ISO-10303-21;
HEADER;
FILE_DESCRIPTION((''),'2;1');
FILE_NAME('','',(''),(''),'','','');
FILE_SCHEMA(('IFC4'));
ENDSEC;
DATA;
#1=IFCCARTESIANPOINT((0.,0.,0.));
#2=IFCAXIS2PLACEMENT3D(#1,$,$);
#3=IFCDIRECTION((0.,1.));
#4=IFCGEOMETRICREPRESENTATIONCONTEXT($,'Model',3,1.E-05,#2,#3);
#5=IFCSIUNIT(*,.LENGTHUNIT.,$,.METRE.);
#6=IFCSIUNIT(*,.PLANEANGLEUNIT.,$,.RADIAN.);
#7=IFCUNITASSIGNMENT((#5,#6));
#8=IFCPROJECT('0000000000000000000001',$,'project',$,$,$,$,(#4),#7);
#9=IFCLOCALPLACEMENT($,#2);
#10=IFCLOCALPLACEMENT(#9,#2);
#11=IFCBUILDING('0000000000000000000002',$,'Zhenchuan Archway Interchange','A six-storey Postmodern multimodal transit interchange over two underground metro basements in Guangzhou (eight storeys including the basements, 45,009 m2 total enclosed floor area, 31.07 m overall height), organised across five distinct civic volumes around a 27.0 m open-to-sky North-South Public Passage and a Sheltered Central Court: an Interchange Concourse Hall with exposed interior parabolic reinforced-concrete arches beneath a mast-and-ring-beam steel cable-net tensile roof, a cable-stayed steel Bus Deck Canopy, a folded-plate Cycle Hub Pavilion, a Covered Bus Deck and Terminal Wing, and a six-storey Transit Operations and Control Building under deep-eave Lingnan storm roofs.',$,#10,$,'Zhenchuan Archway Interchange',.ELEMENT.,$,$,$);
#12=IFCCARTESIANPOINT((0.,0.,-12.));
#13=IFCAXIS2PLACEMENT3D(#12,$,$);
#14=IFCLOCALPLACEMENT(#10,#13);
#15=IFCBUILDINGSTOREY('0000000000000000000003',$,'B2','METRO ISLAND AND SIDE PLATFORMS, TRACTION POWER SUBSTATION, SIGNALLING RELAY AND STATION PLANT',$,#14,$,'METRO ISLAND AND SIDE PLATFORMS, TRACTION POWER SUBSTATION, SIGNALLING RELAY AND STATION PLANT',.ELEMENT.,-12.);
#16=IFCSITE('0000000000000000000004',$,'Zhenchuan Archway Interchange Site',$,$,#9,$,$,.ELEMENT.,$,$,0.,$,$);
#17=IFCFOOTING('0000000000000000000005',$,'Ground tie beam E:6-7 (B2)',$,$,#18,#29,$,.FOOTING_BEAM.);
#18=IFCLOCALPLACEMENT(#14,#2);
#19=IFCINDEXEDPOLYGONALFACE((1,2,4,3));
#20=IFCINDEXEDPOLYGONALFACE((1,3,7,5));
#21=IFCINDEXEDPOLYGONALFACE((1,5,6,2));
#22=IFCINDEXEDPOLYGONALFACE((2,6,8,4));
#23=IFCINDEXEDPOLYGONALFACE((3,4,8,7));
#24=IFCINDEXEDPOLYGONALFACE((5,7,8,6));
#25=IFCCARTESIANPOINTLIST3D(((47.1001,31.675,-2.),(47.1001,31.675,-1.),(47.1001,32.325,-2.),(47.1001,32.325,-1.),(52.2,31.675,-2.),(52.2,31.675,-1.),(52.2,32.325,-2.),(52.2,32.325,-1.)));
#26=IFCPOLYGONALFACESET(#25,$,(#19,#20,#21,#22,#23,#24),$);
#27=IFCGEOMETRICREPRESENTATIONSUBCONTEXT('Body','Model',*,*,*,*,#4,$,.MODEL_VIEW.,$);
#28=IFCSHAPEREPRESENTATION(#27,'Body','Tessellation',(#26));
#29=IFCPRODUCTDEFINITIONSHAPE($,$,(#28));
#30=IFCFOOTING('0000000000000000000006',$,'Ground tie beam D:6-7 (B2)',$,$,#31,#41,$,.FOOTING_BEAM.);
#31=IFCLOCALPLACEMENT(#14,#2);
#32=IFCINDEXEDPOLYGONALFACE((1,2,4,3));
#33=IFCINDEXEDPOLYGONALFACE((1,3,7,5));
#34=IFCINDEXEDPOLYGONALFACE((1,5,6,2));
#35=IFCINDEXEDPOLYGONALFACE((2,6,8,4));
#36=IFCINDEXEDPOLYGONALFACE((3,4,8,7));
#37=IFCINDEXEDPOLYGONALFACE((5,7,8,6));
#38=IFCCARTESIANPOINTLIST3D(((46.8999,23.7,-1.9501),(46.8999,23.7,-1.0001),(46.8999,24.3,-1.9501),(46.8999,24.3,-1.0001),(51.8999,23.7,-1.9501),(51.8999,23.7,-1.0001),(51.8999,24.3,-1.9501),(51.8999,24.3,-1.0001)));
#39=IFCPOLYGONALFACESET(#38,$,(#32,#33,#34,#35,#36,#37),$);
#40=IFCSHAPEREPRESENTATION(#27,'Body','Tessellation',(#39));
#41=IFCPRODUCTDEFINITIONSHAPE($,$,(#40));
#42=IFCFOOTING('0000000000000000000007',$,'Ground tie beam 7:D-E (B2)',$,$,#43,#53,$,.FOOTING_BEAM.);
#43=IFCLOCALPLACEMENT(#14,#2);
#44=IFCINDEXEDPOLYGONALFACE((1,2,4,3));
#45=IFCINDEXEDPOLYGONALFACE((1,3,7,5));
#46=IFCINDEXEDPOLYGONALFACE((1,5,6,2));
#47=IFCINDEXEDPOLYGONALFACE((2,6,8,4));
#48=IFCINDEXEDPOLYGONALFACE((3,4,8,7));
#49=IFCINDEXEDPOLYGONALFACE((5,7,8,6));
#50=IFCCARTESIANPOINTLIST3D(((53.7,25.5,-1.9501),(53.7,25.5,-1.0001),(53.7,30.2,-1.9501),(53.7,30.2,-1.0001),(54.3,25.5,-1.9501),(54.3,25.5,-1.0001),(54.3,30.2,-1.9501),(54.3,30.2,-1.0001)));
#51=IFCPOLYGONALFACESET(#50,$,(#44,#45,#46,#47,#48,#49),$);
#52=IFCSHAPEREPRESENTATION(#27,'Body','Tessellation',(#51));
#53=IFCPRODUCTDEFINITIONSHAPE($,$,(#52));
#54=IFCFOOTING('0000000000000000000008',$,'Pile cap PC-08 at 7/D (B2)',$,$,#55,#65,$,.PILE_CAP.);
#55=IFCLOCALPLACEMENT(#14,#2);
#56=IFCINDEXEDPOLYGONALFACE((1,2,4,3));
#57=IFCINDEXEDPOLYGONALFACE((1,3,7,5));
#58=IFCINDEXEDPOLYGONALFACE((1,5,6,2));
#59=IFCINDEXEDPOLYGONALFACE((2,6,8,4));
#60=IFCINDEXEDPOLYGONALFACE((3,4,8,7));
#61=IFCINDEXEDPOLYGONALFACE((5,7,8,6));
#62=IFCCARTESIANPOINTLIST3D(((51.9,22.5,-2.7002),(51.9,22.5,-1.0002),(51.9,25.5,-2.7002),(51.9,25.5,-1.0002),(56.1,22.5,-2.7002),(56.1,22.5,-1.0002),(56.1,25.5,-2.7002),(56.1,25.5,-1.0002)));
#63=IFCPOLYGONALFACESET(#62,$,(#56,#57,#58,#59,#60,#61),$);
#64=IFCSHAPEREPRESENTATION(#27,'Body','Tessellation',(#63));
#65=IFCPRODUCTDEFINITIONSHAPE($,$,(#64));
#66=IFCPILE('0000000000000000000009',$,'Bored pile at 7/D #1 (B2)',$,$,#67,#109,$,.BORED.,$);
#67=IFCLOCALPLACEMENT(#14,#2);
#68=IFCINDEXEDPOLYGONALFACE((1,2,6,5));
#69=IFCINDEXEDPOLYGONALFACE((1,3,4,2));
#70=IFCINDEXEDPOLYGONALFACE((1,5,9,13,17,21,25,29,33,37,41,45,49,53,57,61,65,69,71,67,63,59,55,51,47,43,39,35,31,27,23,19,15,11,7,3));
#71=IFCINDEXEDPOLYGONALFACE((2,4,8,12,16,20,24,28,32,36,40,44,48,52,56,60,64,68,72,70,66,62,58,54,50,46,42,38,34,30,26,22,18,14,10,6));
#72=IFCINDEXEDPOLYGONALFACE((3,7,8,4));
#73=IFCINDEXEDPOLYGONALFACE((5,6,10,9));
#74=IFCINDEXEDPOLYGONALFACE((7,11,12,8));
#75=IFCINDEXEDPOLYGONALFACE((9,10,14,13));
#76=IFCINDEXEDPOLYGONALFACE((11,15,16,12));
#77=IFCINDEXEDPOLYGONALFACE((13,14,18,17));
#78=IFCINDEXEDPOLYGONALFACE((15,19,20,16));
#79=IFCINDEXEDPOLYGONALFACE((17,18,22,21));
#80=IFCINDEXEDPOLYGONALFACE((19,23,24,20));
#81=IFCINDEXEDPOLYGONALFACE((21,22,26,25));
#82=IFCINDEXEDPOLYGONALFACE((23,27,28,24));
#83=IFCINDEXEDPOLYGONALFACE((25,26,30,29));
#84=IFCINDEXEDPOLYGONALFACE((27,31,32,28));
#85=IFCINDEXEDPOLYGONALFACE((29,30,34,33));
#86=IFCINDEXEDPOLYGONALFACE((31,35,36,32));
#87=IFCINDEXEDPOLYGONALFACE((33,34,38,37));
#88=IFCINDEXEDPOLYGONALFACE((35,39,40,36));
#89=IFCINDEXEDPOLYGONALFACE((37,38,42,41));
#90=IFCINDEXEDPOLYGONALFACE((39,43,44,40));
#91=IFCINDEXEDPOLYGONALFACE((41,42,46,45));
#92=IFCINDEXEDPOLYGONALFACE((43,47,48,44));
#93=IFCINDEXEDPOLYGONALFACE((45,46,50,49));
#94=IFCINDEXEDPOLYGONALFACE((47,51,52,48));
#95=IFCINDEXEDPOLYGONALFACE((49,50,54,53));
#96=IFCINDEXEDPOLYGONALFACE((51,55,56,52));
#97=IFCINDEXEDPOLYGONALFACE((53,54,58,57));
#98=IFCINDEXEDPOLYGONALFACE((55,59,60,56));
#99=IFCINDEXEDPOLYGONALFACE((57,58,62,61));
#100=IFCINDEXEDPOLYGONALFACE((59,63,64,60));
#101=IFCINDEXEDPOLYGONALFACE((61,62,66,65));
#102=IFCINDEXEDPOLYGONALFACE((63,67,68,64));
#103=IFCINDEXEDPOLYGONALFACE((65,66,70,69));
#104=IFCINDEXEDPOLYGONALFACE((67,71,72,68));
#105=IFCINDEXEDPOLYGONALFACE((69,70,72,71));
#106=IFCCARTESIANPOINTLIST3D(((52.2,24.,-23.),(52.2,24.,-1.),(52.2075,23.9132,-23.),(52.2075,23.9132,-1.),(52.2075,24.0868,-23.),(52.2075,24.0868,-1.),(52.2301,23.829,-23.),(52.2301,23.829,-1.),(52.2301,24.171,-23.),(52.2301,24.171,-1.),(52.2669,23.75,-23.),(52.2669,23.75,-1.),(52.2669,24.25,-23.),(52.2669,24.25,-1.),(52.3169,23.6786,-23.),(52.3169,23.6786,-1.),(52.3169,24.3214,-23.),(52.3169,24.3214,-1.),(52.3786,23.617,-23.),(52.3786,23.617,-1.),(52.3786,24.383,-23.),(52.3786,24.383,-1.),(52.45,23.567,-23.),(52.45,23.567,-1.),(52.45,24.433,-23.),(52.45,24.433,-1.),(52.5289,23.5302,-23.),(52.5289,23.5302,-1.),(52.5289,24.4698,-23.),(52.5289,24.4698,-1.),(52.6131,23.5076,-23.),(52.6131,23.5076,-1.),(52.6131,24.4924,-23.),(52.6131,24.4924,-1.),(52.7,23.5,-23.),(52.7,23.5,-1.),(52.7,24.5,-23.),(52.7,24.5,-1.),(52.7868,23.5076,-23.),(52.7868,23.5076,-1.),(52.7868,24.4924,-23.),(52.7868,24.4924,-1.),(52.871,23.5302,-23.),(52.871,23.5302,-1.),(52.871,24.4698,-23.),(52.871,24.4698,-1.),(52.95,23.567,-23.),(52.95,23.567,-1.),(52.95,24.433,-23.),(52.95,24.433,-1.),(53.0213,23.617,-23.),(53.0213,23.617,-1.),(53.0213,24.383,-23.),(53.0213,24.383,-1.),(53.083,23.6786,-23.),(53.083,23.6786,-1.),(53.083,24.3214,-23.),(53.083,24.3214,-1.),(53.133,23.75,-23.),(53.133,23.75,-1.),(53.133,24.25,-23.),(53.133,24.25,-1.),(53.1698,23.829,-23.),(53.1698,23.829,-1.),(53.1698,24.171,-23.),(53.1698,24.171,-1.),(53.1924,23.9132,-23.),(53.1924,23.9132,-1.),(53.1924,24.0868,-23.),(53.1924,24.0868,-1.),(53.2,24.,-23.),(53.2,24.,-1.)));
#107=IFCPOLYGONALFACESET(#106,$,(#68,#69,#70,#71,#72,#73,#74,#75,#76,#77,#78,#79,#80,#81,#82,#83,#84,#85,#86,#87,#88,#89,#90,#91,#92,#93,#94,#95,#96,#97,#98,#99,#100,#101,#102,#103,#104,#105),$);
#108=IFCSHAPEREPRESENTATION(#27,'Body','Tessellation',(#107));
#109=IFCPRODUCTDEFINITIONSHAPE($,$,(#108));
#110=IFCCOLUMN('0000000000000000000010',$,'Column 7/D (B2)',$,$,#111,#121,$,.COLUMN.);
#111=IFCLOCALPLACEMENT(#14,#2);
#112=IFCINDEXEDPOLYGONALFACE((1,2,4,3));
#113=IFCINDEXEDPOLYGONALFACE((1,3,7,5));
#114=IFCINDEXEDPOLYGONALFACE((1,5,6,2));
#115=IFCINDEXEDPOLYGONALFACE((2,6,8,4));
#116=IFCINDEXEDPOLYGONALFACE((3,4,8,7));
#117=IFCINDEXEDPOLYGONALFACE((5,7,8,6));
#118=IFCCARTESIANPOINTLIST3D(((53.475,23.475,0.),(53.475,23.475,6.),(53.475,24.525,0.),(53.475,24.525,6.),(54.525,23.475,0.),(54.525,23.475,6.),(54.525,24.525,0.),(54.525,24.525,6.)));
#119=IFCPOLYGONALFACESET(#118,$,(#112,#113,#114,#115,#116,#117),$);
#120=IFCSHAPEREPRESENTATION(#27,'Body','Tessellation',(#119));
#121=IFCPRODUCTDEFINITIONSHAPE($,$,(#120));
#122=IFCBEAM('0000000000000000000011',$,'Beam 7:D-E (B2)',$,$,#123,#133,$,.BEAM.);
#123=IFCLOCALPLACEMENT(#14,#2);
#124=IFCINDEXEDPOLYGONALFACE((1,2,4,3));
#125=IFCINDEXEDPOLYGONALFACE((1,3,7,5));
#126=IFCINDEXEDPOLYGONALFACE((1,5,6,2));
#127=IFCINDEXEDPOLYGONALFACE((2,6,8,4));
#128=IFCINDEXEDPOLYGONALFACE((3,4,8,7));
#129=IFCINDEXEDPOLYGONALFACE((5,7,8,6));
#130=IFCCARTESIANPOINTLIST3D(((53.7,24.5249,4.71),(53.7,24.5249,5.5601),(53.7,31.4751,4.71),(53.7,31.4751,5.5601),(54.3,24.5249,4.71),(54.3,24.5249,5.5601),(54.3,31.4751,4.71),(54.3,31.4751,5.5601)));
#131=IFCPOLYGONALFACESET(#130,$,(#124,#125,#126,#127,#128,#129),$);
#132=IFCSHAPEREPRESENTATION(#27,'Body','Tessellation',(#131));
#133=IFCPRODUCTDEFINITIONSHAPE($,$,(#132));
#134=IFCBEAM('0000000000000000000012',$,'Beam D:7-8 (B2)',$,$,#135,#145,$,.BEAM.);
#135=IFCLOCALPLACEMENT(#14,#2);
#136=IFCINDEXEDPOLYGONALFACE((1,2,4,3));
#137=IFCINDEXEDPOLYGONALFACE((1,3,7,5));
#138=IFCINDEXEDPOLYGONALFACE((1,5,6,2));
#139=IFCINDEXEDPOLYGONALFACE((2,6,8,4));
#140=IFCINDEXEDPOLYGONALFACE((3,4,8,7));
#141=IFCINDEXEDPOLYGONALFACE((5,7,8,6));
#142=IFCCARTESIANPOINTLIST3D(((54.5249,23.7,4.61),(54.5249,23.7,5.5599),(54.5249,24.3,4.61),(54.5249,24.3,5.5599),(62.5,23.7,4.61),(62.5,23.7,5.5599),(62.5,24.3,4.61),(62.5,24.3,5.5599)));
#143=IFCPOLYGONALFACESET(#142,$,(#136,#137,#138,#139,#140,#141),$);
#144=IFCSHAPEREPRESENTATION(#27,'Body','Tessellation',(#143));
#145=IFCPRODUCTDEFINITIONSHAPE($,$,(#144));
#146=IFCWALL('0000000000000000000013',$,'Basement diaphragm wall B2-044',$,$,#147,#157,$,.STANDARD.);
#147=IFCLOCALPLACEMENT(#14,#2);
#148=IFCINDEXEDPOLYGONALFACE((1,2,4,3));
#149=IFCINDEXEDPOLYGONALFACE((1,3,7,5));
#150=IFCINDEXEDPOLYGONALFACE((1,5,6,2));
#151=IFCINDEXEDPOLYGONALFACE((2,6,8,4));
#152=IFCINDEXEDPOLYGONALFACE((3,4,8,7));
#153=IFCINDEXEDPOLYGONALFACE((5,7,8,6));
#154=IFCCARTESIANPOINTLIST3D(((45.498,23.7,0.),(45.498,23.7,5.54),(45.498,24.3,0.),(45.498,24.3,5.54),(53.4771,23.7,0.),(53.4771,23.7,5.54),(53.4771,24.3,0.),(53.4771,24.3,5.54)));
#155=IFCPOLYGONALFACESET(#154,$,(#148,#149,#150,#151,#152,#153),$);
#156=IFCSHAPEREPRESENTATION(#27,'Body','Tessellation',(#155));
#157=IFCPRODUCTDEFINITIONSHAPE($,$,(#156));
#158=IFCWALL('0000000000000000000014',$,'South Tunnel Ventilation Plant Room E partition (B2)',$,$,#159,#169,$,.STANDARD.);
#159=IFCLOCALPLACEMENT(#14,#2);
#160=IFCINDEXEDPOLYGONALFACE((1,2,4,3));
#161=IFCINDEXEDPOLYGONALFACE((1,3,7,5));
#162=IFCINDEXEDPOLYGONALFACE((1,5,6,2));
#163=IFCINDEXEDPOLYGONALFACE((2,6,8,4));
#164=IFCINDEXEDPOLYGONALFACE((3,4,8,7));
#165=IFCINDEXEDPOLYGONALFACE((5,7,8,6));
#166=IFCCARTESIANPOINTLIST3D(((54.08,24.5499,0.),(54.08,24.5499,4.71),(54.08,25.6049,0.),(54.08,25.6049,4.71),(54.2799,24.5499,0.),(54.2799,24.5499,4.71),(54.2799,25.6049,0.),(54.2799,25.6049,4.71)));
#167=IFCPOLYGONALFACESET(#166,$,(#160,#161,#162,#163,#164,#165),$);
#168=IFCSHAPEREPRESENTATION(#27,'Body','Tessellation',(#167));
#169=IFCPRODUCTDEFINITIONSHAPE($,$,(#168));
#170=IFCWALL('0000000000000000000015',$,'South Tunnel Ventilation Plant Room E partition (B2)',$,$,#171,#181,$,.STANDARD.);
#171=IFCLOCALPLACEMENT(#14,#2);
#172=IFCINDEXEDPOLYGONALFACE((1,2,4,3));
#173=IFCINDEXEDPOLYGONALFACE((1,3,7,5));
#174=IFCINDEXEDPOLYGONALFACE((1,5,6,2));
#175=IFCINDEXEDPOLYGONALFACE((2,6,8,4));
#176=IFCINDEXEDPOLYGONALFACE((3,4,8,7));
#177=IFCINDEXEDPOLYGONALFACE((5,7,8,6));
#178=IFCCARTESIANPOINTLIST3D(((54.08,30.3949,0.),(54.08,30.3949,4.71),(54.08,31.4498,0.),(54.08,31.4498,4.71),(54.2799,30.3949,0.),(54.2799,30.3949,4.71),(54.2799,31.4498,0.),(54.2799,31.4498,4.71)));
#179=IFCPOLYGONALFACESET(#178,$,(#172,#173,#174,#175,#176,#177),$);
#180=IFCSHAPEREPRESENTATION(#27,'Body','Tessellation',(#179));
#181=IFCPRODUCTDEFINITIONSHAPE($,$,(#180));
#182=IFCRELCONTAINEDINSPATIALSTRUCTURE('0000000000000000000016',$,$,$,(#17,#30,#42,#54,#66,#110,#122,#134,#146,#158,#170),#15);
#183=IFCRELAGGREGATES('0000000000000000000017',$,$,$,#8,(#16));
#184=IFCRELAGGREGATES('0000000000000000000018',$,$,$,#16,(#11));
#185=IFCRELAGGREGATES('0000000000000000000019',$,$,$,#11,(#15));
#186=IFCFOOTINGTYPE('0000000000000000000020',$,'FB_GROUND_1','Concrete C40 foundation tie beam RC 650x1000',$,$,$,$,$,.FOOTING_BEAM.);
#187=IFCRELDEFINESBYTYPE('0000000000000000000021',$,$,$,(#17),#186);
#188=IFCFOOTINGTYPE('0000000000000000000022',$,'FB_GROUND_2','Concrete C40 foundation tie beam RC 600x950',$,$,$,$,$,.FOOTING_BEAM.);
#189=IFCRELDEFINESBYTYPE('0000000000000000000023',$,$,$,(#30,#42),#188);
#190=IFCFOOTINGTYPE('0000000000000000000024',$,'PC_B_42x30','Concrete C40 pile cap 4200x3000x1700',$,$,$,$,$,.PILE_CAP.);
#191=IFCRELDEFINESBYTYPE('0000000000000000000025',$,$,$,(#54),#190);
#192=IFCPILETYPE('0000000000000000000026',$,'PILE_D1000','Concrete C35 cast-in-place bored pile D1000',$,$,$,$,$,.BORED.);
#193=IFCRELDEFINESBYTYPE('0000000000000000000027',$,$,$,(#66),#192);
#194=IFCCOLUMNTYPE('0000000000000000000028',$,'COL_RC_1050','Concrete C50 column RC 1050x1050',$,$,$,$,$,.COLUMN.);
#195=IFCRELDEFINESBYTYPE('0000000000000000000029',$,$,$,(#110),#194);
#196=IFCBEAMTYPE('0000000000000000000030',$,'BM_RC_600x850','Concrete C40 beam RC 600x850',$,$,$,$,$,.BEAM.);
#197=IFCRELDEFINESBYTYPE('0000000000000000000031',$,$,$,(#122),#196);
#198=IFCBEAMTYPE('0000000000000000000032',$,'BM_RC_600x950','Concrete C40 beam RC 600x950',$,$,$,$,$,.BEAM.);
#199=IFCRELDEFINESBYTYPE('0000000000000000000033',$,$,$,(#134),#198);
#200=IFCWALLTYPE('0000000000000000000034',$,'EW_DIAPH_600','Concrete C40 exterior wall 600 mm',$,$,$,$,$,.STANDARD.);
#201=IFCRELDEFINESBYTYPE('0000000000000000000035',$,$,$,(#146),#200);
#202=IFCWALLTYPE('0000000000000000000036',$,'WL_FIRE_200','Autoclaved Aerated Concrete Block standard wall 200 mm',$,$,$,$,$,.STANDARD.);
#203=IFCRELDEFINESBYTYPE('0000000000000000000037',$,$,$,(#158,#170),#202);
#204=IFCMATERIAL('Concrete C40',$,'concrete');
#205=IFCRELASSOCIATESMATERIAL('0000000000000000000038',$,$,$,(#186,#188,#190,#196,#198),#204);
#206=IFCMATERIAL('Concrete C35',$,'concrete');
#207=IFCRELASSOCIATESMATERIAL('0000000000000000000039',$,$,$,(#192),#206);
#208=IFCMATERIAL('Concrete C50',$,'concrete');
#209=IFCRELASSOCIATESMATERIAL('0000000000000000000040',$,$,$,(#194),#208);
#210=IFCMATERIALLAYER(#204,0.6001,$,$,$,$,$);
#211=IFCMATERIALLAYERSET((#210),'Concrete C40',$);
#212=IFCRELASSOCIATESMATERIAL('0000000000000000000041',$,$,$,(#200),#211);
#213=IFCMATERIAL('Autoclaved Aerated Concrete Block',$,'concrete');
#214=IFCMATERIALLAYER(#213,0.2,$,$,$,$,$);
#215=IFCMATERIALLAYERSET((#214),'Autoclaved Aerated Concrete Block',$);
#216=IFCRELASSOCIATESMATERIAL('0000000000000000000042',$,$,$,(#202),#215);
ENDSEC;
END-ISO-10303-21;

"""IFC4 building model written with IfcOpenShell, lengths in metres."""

from ifc_helpers import new_model, si_unit, direction, frame, frame_2d, origin, origin_2d, place, context, subcontext, project, spatial, rectangle, circle, extrude, material, layer, layer_set, material_profile, profile_set, type_object, element, save


model = new_model("IFC4")

# Units and contexts
model_context = context("Model", 3, precision=1e-05, world=origin(), true_north=direction((0.0, 1.0)))
body_context = subcontext(model_context, "Body", "Model", "MODEL_VIEW")
ifc_project = project(units=[si_unit("LENGTHUNIT", "METRE"), si_unit("PLANEANGLEUNIT", "RADIAN")], contexts=[model_context])

# Site, building, storey
site_placement = place(None, origin())
site = spatial("IfcSite", under=ifc_project, at=site_placement, Name="Zhenchuan Archway Interchange Site", CompositionType="ELEMENT", RefElevation=0.0)
building_placement = place(site_placement, origin())
building = spatial("IfcBuilding", under=site, at=building_placement, Name="Zhenchuan Archway Interchange", Description="A six-storey Postmodern multimodal transit interchange over two underground metro basements in Guangzhou (eight storeys including the basements, 45,009 m2 total enclosed floor area, 31.07 m overall height), organised across five distinct civic volumes around a 27.0 m open-to-sky North-South Public Passage and a Sheltered Central Court: an Interchange Concourse Hall with exposed interior parabolic reinforced-concrete arches beneath a mast-and-ring-beam steel cable-net tensile roof, a cable-stayed steel Bus Deck Canopy, a folded-plate Cycle Hub Pavilion, a Covered Bus Deck and Terminal Wing, and a six-storey Transit Operations and Control Building under deep-eave Lingnan storm roofs.", LongName="Zhenchuan Archway Interchange", CompositionType="ELEMENT")
storey_placement = place(building_placement, frame((0.0, 0.0, -12.0)))
storey = spatial("IfcBuildingStorey", under=building, at=storey_placement, Name="B2", Description="METRO ISLAND AND SIDE PLATFORMS, TRACTION POWER SUBSTATION, SIGNALLING RELAY AND STATION PLANT", LongName="METRO ISLAND AND SIDE PLATFORMS, TRACTION POWER SUBSTATION, SIGNALLING RELAY AND STATION PLANT", CompositionType="ELEMENT", Elevation=-12.0)

# Footings
ifc_material_1 = material(Name="Concrete C40", Category="concrete")
ifc_material_profile_1 = material_profile(ifc_material_1, rectangle(XDim=0.6499, YDim=1.0, at=origin_2d()), Name="RC 650x1000")
ifc_profile_set_1 = profile_set([ifc_material_profile_1], Name="Concrete C40")
footing_type_1 = type_object("IfcFootingType", Name="FB_GROUND_1", Description="Concrete C40 foundation tie beam RC 650x1000", PredefinedType="FOOTING_BEAM", material=ifc_profile_set_1)
footing_1_placement = place(storey_placement, frame((47.1001, 32.0, -1.5), z_axis=(1.0, 0.0, 0.0), x_axis=(0.0, 1.0, 0.0)))
element("IfcFooting", 1, at=footing_1_placement, inside=storey, type_object=footing_type_1, Name="Ground tie beam E:6-7 (B2)", PredefinedType="FOOTING_BEAM", context=body_context, shape_type="SweptSolid", body=[
    extrude(rectangle(XDim=0.6499, YDim=1.0, at=origin_2d()), origin(), (0.0, 0.0, 1.0), 5.0999),
])
ifc_material_profile_2 = material_profile(ifc_material_1, rectangle(XDim=0.6001, YDim=0.95, at=origin_2d()), Name="RC 600x950")
ifc_profile_set_2 = profile_set([ifc_material_profile_2], Name="Concrete C40")
footing_type_2 = type_object("IfcFootingType", Name="FB_GROUND_2", Description="Concrete C40 foundation tie beam RC 600x950", PredefinedType="FOOTING_BEAM", material=ifc_profile_set_2)
footing_2_placement = place(storey_placement, frame((46.8999, 24.0, -1.4751), z_axis=(1.0, 0.0, 0.0), x_axis=(0.0, 1.0, 0.0)))
element("IfcFooting", 2, at=footing_2_placement, inside=storey, type_object=footing_type_2, Name="Ground tie beam D:6-7 (B2)", PredefinedType="FOOTING_BEAM", context=body_context, shape_type="SweptSolid", body=[
    extrude(rectangle(XDim=0.6001, YDim=0.95, at=origin_2d()), origin(), (0.0, 0.0, 1.0), 5.0),
])
footing_3_placement = place(storey_placement, frame((54.0, 25.5, -1.4751), z_axis=(0.0, 1.0, 0.0), x_axis=(-1.0, 0.0, 0.0)))
element("IfcFooting", 3, at=footing_3_placement, inside=storey, type_object=footing_type_2, Name="Ground tie beam 7:D-E (B2)", PredefinedType="FOOTING_BEAM", context=body_context, shape_type="SweptSolid", body=[
    extrude(rectangle(XDim=0.6001, YDim=0.95, at=origin_2d()), origin(), (0.0, 0.0, 1.0), 4.7),
])
footing_type_3 = type_object("IfcFootingType", Name="PC_B_42x30", Description="Concrete C40 pile cap 4200x3000x1700", PredefinedType="PILE_CAP", material=ifc_material_1)
footing_4_placement = place(storey_placement, frame((54.0, 24.0, -2.7002), z_axis=(0.0, 0.0, 1.0), x_axis=(1.0, 0.0, 0.0)))
element("IfcFooting", 4, at=footing_4_placement, inside=storey, type_object=footing_type_3, Name="Pile cap PC-08 at 7/D (B2)", PredefinedType="PILE_CAP", context=body_context, shape_type="SweptSolid", body=[
    extrude(rectangle(XDim=4.2, YDim=3.0, at=origin_2d()), origin(), (0.0, 0.0, 1.0), 1.7),
])

# Pile
ifc_material_2 = material(Name="Concrete C35", Category="concrete")
ifc_material_profile_3 = material_profile(ifc_material_2, circle(Radius=0.5, at=origin_2d()), Name="BORED PILE 1000")
ifc_profile_set_3 = profile_set([ifc_material_profile_3], Name="Concrete C35")
pile_type = type_object("IfcPileType", Name="PILE_D1000", Description="Concrete C35 cast-in-place bored pile D1000", PredefinedType="BORED", material=ifc_profile_set_3)
pile_placement = place(storey_placement, frame((52.7, 24.0, -1.0), z_axis=(0.0, 0.0, -1.0), x_axis=(1.0, 0.0, 0.0)))
element("IfcPile", 5, at=pile_placement, inside=storey, type_object=pile_type, Name="Bored pile at 7/D #1 (B2)", PredefinedType="BORED", context=body_context, shape_type="SweptSolid", body=[
    extrude(circle(Radius=0.5, at=origin_2d()), origin(), (0.0, 0.0, 1.0), 22.0),
])

# Column
ifc_material_3 = material(Name="Concrete C50", Category="concrete")
ifc_material_profile_4 = material_profile(ifc_material_3, rectangle(XDim=1.05, YDim=1.05, at=origin_2d()), Name="RC 1050x1050")
ifc_profile_set_4 = profile_set([ifc_material_profile_4], Name="Concrete C50")
column_type = type_object("IfcColumnType", Name="COL_RC_1050", Description="Concrete C50 column RC 1050x1050", PredefinedType="COLUMN", material=ifc_profile_set_4)
column_placement = place(storey_placement, frame((54.0, 24.0, 0.0), z_axis=(0.0, 0.0, 1.0), x_axis=(1.0, 0.0, 0.0)))
element("IfcColumn", 6, at=column_placement, inside=storey, type_object=column_type, Name="Column 7/D (B2)", PredefinedType="COLUMN", context=body_context, shape_type="SweptSolid", body=[
    extrude(rectangle(XDim=1.05, YDim=1.05, at=origin_2d()), origin(), (0.0, 0.0, 1.0), 6.0),
])

# Beams
ifc_material_profile_5 = material_profile(ifc_material_1, rectangle(XDim=0.6001, YDim=0.8501, at=origin_2d()), Name="RC 600x850")
ifc_profile_set_5 = profile_set([ifc_material_profile_5], Name="Concrete C40")
beam_type_1 = type_object("IfcBeamType", Name="BM_RC_600x850", Description="Concrete C40 beam RC 600x850", PredefinedType="BEAM", material=ifc_profile_set_5)
beam_1_placement = place(storey_placement, frame((54.0, 24.5249, 5.135), z_axis=(0.0, 1.0, 0.0), x_axis=(-1.0, 0.0, 0.0)))
element("IfcBeam", 7, at=beam_1_placement, inside=storey, type_object=beam_type_1, Name="Beam 7:D-E (B2)", PredefinedType="BEAM", context=body_context, shape_type="SweptSolid", body=[
    extrude(rectangle(XDim=0.6001, YDim=0.8501, at=origin_2d()), origin(), (0.0, 0.0, 1.0), 6.9502),
])
ifc_material_profile_6 = material_profile(ifc_material_1, rectangle(XDim=0.6001, YDim=0.95, at=origin_2d()), Name="RC 600x950")
ifc_profile_set_6 = profile_set([ifc_material_profile_6], Name="Concrete C40")
beam_type_2 = type_object("IfcBeamType", Name="BM_RC_600x950", Description="Concrete C40 beam RC 600x950", PredefinedType="BEAM", material=ifc_profile_set_6)
beam_2_placement = place(storey_placement, frame((54.5249, 24.0, 5.085), z_axis=(1.0, 0.0, 0.0), x_axis=(0.0, 1.0, 0.0)))
element("IfcBeam", 8, at=beam_2_placement, inside=storey, type_object=beam_type_2, Name="Beam D:7-8 (B2)", PredefinedType="BEAM", context=body_context, shape_type="SweptSolid", body=[
    extrude(rectangle(XDim=0.6001, YDim=0.95, at=origin_2d()), origin(), (0.0, 0.0, 1.0), 7.9751),
])

# Walls
ifc_layer_1 = layer(ifc_material_1, 0.6001)
ifc_layer_set_1 = layer_set([ifc_layer_1], Name="Concrete C40")
wall_type_1 = type_object("IfcWallType", Name="EW_DIAPH_600", Description="Concrete C40 exterior wall 600 mm", PredefinedType="STANDARD", material=ifc_layer_set_1)
wall_1_placement = place(storey_placement, frame((53.4771, 24.0, 0.0), z_axis=(0.0, 0.0, 1.0), x_axis=(-1.0, 0.0, 0.0)))
element("IfcWall", 9, at=wall_1_placement, inside=storey, type_object=wall_type_1, Name="Basement diaphragm wall B2-044", PredefinedType="STANDARD", context=body_context, shape_type="SweptSolid", body=[
    extrude(rectangle(XDim=7.979, YDim=0.6001, at=frame_2d((3.9895, 0.0))), origin(), (0.0, 0.0, 1.0), 5.54),
])
ifc_material_4 = material(Name="Autoclaved Aerated Concrete Block", Category="concrete")
ifc_layer_2 = layer(ifc_material_4, 0.2)
ifc_layer_set_2 = layer_set([ifc_layer_2], Name="Autoclaved Aerated Concrete Block")
wall_type_2 = type_object("IfcWallType", Name="WL_FIRE_200", Description="Autoclaved Aerated Concrete Block standard wall 200 mm", PredefinedType="STANDARD", material=ifc_layer_set_2)
for number, where, z_axis, x_axis, name in (
    (10, (54.1799, 24.55, 0.0), (0.0, 0.0, 1.0), (0.0, 1.0, 0.0), "South Tunnel Ventilation Plant Room E partition (B2)"),
    (11, (54.1799, 30.395, 0.0), (0.0, 0.0, 1.0), (0.0, 1.0, 0.0), "South Tunnel Ventilation Plant Room E partition (B2)"),
):
    element("IfcWall", number, at=place(storey_placement, frame(where, z_axis=z_axis, x_axis=x_axis)), inside=storey, type_object=wall_type_2, Name=name, PredefinedType="STANDARD", context=body_context, shape_type="SweptSolid", body=[
        extrude(rectangle(XDim=1.0549, YDim=0.2, at=frame_2d((0.5273, 0.0))), origin(), (0.0, 0.0, 1.0), 4.71),
    ])

save(model, "model.ifc")
